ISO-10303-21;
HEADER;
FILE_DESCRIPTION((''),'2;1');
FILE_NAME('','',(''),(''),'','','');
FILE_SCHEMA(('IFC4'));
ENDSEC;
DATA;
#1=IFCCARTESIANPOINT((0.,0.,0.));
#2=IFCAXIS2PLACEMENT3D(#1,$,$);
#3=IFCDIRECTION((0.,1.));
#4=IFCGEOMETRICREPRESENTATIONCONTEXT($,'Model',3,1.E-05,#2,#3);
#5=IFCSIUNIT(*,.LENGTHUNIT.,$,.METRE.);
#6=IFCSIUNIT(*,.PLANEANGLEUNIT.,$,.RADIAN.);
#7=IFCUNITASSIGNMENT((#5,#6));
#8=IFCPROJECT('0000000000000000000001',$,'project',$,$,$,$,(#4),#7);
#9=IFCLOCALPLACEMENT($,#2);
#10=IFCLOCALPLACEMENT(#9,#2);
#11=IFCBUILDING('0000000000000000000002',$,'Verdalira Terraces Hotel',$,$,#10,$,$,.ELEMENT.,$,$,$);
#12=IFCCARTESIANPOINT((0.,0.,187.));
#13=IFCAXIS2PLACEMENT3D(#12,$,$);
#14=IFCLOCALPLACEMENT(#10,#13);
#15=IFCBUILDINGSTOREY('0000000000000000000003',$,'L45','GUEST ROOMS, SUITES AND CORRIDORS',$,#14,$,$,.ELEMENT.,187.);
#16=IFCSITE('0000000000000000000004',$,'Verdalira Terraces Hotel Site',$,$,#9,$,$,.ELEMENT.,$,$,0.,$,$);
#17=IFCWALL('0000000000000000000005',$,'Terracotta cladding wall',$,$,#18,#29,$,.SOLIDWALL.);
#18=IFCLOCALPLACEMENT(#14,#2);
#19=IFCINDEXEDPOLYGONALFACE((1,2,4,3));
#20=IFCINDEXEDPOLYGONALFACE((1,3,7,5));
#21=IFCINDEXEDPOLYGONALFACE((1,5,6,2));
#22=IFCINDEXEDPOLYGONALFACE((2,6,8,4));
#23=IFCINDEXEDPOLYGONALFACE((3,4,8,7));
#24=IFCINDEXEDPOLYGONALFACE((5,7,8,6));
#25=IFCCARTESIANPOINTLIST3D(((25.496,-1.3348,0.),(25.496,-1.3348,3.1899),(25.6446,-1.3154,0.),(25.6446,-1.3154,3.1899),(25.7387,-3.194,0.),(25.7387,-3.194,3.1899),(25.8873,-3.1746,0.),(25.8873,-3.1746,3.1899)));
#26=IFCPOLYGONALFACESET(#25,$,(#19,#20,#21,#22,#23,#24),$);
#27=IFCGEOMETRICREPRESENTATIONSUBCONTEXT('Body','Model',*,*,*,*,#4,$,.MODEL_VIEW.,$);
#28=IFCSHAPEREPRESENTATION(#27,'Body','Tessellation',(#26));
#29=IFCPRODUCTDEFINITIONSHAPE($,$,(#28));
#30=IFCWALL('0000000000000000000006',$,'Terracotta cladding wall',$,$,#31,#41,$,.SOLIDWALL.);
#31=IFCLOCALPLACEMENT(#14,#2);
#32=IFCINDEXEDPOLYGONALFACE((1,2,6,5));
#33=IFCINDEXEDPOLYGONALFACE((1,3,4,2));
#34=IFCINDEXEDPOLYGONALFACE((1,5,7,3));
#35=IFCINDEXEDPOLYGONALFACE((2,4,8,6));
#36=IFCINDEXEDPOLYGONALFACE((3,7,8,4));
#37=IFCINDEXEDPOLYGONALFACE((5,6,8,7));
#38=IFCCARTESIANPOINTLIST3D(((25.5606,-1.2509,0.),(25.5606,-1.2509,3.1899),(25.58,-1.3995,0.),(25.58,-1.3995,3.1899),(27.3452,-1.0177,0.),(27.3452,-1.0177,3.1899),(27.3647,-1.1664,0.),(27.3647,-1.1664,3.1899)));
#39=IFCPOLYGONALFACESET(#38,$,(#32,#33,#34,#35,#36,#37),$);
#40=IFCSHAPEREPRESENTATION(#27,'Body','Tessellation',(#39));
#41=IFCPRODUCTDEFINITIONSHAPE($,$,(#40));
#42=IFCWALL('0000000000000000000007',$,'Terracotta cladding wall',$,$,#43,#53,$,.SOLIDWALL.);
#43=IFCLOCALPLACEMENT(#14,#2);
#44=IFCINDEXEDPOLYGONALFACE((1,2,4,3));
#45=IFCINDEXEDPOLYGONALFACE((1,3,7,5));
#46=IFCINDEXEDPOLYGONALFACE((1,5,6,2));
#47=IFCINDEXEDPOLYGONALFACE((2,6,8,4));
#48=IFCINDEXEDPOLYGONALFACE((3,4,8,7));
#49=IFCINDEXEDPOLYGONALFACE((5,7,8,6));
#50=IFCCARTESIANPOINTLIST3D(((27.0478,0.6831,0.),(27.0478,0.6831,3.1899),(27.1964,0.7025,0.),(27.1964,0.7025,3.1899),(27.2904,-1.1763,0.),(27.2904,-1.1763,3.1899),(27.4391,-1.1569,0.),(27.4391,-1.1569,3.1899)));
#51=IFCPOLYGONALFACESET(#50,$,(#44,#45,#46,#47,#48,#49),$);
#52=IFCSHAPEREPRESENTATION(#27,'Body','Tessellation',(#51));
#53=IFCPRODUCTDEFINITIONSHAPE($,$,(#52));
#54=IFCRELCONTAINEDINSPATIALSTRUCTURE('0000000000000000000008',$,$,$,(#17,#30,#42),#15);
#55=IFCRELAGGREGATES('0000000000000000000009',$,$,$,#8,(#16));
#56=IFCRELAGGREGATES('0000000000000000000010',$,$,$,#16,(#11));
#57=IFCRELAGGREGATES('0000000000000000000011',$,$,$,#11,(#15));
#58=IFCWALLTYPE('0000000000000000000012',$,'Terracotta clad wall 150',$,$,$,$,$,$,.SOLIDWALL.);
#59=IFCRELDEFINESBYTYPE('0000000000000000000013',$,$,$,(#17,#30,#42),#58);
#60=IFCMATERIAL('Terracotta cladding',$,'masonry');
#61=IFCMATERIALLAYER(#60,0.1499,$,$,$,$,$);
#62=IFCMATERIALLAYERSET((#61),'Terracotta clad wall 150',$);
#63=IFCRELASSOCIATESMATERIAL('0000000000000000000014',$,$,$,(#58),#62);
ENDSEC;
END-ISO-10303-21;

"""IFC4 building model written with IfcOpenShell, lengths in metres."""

from ifc_helpers import new_model, si_unit, direction, frame, frame_2d, origin, place, context, subcontext, project, spatial, rectangle, extrude, material, layer, layer_set, type_object, element, save


model = new_model("IFC4")

# Units and contexts
model_context = context("Model", 3, precision=1e-05, world=origin(), true_north=direction((0.0, 1.0)))
body_context = subcontext(model_context, "Body", "Model", "MODEL_VIEW")
ifc_project = project(units=[si_unit("LENGTHUNIT", "METRE"), si_unit("PLANEANGLEUNIT", "RADIAN")], contexts=[model_context])

# Site, building, storey
site_placement = place(None, origin())
site = spatial("IfcSite", under=ifc_project, at=site_placement, Name="Verdalira Terraces Hotel Site", CompositionType="ELEMENT", RefElevation=0.0)
building_placement = place(site_placement, origin())
building = spatial("IfcBuilding", under=site, at=building_placement, Name="Verdalira Terraces Hotel", CompositionType="ELEMENT")
storey_placement = place(building_placement, frame((0.0, 0.0, 187.0)))
storey = spatial("IfcBuildingStorey", under=building, at=storey_placement, Name="L45", Description="GUEST ROOMS, SUITES AND CORRIDORS", CompositionType="ELEMENT", Elevation=187.0)

# Walls
ifc_material_1 = material(Name="Terracotta cladding", Category="masonry")
ifc_layer_1 = layer(ifc_material_1, 0.1499)
ifc_layer_set_1 = layer_set([ifc_layer_1], Name="Terracotta clad wall 150")
wall_type_1 = type_object("IfcWallType", Name="Terracotta clad wall 150", PredefinedType="SOLIDWALL", material=ifc_layer_set_1)
wall_1_placement = place(storey_placement, frame((25.813, -3.1843, 0.0), z_axis=(0.0, 0.0, 1.0), x_axis=(-0.129434, 0.991588, 0.0)))
element("IfcWall", 1, at=wall_1_placement, inside=storey, type_object=wall_type_1, Name="Terracotta cladding wall", PredefinedType="SOLIDWALL", context=body_context, shape_type="SweptSolid", body=[
    extrude(rectangle(XDim=1.875, YDim=0.1499, at=frame_2d((0.9375, 0.0))), origin(), (0.0, 0.0, 1.0), 3.1899),
])
wall_2_placement = place(storey_placement, frame((25.5703, -1.3252, 0.0), z_axis=(0.0, 0.0, 1.0), x_axis=(0.991574, 0.129542, 0.0)))
element("IfcWall", 2, at=wall_2_placement, inside=storey, type_object=wall_type_1, Name="Terracotta cladding wall", PredefinedType="SOLIDWALL", context=body_context, shape_type="SweptSolid", body=[
    extrude(rectangle(XDim=1.7998, YDim=0.1499, at=frame_2d((0.8999, 0.0))), origin(), (0.0, 0.0, 1.0), 3.1899),
])
wall_3_placement = place(storey_placement, frame((27.3647, -1.1665, 0.0), z_axis=(0.0, 0.0, 1.0), x_axis=(-0.129417, 0.99159, 0.0)))
element("IfcWall", 3, at=wall_3_placement, inside=storey, type_object=wall_type_1, Name="Terracotta cladding wall", PredefinedType="SOLIDWALL", context=body_context, shape_type="SweptSolid", body=[
    extrude(rectangle(XDim=1.8752, YDim=0.1499, at=frame_2d((0.9375, 0.0))), origin(), (0.0, 0.0, 1.0), 3.1899),
])

save(model, "model.ifc")
